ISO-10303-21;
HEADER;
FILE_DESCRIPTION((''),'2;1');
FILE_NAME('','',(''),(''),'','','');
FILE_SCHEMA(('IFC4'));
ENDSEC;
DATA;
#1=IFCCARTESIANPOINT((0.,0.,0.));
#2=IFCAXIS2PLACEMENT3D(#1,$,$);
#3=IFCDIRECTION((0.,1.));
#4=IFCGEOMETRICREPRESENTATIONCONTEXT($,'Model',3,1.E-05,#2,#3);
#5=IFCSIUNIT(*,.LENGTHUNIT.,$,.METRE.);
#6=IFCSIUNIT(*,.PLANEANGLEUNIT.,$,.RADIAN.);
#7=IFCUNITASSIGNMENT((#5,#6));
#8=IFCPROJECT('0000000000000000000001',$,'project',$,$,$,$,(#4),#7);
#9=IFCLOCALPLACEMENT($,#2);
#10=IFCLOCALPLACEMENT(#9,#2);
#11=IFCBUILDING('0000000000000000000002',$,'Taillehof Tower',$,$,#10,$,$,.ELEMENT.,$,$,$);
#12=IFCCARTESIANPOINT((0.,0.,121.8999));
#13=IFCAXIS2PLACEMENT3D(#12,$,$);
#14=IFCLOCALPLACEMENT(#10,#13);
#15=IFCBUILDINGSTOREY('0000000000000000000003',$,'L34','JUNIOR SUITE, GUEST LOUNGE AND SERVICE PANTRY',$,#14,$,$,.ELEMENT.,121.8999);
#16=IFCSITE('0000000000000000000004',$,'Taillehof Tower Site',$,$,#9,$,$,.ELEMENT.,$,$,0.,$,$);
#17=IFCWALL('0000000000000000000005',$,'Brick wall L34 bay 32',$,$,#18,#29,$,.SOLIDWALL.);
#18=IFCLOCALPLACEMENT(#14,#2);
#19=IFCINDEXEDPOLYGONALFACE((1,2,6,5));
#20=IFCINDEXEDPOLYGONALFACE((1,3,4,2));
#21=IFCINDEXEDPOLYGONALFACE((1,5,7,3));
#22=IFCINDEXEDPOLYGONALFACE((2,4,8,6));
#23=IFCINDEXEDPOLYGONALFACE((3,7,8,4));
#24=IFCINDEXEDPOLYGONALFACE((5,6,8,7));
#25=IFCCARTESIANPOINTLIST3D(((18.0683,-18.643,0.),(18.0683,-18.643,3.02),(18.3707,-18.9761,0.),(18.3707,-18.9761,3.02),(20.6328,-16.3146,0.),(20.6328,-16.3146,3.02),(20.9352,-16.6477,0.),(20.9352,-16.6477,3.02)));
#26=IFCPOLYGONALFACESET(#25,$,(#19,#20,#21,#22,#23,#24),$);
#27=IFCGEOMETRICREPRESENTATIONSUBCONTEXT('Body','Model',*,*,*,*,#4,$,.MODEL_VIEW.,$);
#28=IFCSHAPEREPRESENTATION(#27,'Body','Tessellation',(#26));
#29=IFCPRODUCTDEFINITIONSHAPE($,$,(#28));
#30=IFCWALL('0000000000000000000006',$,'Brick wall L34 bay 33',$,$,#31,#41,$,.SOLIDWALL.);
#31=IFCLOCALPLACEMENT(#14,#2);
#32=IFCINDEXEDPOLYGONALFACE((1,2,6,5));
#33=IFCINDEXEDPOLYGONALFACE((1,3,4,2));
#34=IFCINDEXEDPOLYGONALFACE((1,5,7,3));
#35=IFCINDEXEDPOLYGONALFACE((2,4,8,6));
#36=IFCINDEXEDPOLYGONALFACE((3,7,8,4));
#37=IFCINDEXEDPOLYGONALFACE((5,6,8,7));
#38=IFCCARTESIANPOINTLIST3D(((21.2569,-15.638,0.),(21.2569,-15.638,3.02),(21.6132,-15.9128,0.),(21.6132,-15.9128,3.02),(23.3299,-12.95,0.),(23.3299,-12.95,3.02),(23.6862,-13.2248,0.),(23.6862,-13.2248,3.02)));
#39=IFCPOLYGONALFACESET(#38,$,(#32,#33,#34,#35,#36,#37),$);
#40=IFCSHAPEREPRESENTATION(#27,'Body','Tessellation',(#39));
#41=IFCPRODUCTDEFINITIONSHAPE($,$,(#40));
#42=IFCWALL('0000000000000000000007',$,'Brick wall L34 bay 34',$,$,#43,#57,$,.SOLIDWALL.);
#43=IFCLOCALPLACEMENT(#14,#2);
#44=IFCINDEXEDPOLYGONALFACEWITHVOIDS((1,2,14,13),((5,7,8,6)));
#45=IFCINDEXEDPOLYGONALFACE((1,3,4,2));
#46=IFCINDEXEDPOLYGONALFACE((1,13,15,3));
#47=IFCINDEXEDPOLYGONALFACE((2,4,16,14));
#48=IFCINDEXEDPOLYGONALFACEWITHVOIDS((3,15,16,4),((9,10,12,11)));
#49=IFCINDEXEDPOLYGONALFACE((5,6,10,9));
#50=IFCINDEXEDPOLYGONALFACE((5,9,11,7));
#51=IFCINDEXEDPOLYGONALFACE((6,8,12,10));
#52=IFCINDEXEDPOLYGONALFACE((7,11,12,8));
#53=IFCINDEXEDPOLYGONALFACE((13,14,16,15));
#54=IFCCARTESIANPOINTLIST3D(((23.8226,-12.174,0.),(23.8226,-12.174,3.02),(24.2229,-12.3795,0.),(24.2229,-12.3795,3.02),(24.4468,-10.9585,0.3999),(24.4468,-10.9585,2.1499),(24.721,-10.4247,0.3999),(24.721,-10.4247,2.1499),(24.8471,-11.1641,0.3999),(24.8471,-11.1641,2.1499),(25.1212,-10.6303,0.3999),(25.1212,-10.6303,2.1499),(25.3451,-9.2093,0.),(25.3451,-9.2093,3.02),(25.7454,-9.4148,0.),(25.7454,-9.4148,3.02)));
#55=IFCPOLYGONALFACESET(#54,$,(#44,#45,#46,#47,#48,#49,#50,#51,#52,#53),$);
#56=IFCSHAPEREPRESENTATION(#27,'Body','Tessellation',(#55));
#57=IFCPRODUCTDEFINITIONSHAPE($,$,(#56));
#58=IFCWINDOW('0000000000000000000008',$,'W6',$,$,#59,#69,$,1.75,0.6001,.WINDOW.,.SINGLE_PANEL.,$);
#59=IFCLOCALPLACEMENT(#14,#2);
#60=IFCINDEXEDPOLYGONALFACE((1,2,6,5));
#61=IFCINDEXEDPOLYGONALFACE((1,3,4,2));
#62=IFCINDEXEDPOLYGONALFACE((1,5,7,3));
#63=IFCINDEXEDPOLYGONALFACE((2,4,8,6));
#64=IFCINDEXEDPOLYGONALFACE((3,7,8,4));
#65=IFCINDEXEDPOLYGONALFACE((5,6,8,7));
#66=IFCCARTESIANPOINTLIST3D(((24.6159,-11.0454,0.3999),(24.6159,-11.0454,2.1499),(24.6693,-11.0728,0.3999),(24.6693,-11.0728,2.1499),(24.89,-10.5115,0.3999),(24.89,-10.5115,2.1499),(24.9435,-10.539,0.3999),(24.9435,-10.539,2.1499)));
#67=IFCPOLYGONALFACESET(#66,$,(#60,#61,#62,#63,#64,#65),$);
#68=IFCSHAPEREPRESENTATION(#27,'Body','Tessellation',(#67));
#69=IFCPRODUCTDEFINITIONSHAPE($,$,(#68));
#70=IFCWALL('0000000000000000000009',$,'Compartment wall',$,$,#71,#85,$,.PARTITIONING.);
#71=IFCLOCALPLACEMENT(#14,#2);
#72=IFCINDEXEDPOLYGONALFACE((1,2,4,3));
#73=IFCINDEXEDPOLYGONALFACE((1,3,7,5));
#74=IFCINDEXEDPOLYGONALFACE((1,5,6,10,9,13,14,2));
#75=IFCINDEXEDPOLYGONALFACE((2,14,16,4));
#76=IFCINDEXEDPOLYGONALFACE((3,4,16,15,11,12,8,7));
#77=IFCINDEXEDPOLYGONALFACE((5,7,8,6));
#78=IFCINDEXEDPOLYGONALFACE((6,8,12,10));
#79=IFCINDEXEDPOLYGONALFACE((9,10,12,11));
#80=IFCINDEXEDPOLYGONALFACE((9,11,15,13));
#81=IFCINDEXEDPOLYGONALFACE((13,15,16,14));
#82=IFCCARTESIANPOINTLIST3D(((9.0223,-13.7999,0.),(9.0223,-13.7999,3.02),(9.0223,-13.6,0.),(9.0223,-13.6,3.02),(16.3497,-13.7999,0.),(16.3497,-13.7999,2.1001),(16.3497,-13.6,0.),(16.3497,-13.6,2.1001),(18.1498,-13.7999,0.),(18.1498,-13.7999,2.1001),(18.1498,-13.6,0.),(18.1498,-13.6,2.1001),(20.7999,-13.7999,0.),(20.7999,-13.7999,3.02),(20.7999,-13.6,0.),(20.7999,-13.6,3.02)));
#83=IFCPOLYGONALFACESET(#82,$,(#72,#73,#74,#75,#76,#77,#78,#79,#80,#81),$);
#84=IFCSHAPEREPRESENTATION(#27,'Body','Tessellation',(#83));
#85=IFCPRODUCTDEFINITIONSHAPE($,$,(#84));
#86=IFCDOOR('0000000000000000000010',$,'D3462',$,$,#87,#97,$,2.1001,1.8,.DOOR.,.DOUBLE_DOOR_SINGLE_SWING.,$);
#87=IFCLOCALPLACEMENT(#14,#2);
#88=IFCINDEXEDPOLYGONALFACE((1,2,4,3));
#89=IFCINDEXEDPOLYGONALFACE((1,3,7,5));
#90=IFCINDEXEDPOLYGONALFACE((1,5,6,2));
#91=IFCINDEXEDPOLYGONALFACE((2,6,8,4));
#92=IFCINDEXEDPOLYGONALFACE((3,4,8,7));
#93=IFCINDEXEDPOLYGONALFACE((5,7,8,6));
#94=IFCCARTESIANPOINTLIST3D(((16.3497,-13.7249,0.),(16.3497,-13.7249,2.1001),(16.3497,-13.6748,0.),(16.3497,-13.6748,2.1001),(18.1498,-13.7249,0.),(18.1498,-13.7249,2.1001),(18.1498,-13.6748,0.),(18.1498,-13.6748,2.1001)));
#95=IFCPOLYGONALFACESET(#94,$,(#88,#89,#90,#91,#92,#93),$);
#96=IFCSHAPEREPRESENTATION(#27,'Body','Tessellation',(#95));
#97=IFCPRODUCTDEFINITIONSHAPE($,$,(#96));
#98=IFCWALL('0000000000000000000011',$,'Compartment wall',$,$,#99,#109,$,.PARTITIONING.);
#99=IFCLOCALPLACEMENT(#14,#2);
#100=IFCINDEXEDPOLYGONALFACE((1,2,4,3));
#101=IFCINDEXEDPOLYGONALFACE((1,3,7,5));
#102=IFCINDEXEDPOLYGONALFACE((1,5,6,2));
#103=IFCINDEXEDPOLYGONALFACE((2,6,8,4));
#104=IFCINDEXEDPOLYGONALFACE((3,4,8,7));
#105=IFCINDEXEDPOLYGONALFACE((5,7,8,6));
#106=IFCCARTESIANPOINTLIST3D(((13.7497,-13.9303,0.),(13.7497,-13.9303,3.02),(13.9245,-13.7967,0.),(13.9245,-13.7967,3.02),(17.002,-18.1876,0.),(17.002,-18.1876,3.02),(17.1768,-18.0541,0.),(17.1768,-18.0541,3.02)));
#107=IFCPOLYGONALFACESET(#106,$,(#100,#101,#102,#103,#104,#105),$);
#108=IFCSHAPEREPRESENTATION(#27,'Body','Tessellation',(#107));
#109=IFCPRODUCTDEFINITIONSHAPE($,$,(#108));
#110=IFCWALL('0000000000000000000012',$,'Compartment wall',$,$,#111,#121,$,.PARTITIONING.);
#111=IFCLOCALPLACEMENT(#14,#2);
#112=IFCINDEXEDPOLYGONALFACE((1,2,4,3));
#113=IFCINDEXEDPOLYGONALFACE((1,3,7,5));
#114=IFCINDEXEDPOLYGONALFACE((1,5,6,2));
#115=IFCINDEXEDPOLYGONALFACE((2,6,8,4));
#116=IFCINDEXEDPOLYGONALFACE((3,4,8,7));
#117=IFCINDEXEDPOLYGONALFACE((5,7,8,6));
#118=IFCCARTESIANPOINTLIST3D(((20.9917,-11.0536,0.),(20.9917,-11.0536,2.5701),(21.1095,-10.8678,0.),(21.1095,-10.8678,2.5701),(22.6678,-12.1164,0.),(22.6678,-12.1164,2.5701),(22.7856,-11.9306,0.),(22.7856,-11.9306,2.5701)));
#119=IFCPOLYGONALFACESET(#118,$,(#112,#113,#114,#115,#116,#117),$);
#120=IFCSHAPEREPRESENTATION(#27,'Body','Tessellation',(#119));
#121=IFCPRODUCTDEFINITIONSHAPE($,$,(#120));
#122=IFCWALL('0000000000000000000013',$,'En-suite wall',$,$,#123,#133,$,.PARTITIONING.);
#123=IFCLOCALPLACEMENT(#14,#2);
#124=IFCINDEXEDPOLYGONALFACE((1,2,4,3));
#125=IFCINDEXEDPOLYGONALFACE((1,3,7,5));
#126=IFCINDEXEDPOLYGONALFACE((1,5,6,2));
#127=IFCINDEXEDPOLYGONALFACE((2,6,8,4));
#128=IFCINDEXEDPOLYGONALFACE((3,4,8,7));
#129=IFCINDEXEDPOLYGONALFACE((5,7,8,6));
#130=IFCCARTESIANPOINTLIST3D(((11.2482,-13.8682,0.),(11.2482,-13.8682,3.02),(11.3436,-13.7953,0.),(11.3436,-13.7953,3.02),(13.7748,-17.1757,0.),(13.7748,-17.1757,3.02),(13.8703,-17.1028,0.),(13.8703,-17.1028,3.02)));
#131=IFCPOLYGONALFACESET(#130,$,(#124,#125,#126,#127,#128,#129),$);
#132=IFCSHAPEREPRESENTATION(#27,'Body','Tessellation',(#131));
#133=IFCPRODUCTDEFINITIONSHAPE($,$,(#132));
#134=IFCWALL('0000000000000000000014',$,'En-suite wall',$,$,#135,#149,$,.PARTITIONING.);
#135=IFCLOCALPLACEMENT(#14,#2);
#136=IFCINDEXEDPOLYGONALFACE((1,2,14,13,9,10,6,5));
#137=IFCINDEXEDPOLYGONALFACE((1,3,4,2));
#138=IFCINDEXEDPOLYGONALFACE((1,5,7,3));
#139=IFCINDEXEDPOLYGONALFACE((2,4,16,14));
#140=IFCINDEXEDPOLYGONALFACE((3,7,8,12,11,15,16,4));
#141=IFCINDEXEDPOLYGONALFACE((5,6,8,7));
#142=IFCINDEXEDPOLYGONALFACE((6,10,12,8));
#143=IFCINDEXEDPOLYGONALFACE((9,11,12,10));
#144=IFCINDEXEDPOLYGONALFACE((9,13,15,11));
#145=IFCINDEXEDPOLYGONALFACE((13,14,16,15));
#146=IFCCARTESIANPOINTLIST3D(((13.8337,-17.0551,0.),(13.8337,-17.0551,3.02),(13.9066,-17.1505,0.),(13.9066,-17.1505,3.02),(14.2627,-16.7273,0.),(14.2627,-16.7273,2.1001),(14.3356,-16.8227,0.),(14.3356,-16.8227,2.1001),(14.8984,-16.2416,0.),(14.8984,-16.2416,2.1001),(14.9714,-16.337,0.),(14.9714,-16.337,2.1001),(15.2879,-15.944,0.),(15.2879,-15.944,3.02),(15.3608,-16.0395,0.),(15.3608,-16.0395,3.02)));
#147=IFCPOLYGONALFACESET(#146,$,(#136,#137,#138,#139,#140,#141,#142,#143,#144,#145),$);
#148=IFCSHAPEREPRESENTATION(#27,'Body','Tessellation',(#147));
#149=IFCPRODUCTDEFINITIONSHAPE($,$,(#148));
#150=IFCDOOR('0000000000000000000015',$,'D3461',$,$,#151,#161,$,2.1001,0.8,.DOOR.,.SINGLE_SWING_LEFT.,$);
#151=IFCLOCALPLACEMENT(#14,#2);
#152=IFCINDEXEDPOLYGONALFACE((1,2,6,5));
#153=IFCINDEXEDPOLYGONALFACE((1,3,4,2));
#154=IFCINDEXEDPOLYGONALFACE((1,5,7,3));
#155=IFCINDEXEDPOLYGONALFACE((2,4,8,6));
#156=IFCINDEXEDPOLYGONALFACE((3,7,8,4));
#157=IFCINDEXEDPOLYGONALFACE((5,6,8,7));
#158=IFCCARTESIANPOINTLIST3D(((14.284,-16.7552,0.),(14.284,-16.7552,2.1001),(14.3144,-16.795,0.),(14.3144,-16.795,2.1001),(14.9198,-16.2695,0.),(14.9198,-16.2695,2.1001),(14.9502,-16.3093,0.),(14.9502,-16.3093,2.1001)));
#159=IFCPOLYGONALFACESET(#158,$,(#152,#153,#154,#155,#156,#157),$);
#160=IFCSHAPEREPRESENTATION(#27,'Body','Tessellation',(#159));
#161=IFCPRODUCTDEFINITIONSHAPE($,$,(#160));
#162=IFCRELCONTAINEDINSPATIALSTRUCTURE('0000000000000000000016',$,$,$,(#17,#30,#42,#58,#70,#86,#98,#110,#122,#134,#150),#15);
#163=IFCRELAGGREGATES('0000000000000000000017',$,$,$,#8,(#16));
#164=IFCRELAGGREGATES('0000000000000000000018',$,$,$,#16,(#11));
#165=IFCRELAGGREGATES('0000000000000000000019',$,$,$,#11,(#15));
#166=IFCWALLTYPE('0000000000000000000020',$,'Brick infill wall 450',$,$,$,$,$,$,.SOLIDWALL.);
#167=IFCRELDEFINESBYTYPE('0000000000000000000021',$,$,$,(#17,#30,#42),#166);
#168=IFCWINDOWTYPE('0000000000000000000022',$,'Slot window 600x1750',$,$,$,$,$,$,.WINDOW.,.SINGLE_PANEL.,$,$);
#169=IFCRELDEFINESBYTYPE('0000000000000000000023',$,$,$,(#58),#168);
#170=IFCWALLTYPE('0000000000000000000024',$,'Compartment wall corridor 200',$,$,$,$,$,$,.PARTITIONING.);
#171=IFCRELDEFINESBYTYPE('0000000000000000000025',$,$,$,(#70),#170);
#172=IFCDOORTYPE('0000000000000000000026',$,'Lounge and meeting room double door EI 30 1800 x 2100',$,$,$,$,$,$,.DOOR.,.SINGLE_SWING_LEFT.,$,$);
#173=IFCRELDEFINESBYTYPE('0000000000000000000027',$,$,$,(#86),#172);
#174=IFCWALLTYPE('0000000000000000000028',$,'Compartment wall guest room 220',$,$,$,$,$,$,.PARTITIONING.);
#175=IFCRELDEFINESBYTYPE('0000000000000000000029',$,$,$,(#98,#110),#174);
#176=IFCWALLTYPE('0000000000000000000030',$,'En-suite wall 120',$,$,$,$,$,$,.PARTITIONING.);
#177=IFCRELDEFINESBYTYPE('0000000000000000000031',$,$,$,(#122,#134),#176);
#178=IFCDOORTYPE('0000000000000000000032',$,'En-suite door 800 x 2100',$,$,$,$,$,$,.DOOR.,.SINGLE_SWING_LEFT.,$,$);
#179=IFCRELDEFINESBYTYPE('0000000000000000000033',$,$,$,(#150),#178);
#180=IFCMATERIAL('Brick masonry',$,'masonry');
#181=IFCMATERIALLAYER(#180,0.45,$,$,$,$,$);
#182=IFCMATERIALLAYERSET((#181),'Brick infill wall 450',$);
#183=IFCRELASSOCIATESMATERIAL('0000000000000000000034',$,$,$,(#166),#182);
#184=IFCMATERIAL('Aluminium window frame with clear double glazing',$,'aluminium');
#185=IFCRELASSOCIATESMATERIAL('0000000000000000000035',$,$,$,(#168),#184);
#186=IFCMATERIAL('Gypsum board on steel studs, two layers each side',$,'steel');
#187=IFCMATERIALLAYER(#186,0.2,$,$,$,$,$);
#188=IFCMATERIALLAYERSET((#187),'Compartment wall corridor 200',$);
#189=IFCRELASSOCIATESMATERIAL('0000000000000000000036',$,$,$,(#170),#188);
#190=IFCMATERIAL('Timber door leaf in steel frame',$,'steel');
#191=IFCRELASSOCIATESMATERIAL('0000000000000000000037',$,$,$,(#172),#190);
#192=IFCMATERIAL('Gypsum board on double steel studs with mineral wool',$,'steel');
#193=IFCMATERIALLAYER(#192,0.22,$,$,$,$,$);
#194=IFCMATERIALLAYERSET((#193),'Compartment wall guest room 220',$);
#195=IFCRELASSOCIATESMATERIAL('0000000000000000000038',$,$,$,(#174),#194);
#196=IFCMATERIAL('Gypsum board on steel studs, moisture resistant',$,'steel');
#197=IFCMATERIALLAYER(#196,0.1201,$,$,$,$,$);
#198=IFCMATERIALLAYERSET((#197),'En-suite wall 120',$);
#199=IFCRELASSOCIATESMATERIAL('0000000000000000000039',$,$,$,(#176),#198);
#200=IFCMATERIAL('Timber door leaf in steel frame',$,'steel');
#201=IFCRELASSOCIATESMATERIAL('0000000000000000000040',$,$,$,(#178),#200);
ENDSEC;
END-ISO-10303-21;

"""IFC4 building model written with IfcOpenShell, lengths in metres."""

from ifc_helpers import new_model, si_unit, direction, frame, frame_2d, origin, place, context, subcontext, project, spatial, rectangle, extrude, material, layer, layer_set, type_object, element, fill, save


model = new_model("IFC4")

# Units and contexts
model_context = context("Model", 3, precision=1e-05, world=origin(), true_north=direction((0.0, 1.0)))
body_context = subcontext(model_context, "Body", "Model", "MODEL_VIEW")
ifc_project = project(units=[si_unit("LENGTHUNIT", "METRE"), si_unit("PLANEANGLEUNIT", "RADIAN")], contexts=[model_context])

# Site, building, storey
site_placement = place(None, origin())
site = spatial("IfcSite", under=ifc_project, at=site_placement, Name="Taillehof Tower Site", CompositionType="ELEMENT", RefElevation=0.0)
building_placement = place(site_placement, origin())
building = spatial("IfcBuilding", under=site, at=building_placement, Name="Taillehof Tower", CompositionType="ELEMENT")
storey_placement = place(building_placement, frame((0.0, 0.0, 121.8999)))
storey = spatial("IfcBuildingStorey", under=building, at=storey_placement, Name="L34", Description="JUNIOR SUITE, GUEST LOUNGE AND SERVICE PANTRY", CompositionType="ELEMENT", Elevation=121.8999)

# Shared definitions
ifc_material_1 = material(Name="Brick masonry", Category="masonry")
ifc_layer_1 = layer(ifc_material_1, 0.45)
ifc_layer_set_1 = layer_set([ifc_layer_1], Name="Brick infill wall 450")
wall_type_1 = type_object("IfcWallType", Name="Brick infill wall 450", PredefinedType="SOLIDWALL", material=ifc_layer_set_1)

# Walls
wall_1_placement = place(storey_placement, frame((18.2195, -18.8096, 0.0), z_axis=(0.0, 0.0, 1.0), x_axis=(0.740364, 0.672206, 0.0)))
element("IfcWall", 1, at=wall_1_placement, inside=storey, type_object=wall_type_1, Name="Brick wall L34 bay 32", PredefinedType="SOLIDWALL", context=body_context, shape_type="SweptSolid", body=[
    extrude(rectangle(XDim=3.4639, YDim=0.45, at=frame_2d((1.7319, 0.0))), origin(), (0.0, 0.0, 1.0), 3.02),
])
wall_2_placement = place(storey_placement, frame((21.4351, -15.7754, 0.0), z_axis=(0.0, 0.0, 1.0), x_axis=(0.610694, 0.791867, 0.0)))
element("IfcWall", 2, at=wall_2_placement, inside=storey, type_object=wall_type_1, Name="Brick wall L34 bay 33", PredefinedType="SOLIDWALL", context=body_context, shape_type="SweptSolid", body=[
    extrude(rectangle(XDim=3.3945, YDim=0.45, at=frame_2d((1.6973, 0.0))), origin(), (0.0, 0.0, 1.0), 3.02),
])

# Wall, opening, window
wall_3_placement = place(storey_placement, frame((24.0227, -12.2769, 0.0), z_axis=(0.0, 0.0, 1.0), x_axis=(0.456828, 0.889555, 0.0)))
wall_3 = element("IfcWall", 3, at=wall_3_placement, inside=storey, type_object=wall_type_1, Name="Brick wall L34 bay 34", PredefinedType="SOLIDWALL", context=body_context, shape_type="SweptSolid", body=[
    extrude(rectangle(XDim=3.3328, YDim=0.45, at=frame_2d((1.6665, 0.0))), origin(), (0.0, 0.0, 1.0), 3.02),
])
opening_1_placement = place(wall_3_placement, frame((1.3665, 0.0, 0.3999)))
opening_1 = element("IfcOpeningElement", 4, at=opening_1_placement, cuts=wall_3, PredefinedType="OPENING", context=body_context, shape_type="SweptSolid", body=[
    extrude(rectangle(XDim=0.6001, YDim=1.75, at=frame_2d((0.3, 0.875))), frame((0.0, 0.2349, 0.0), z_axis=(0.0, -1.0, 0.0), x_axis=(1.0, 0.0, 0.0)), (0.0, 0.0, 1.0), 0.47),
])
ifc_material_2 = material(Name="Aluminium window frame with clear double glazing", Category="aluminium")
window_type_1 = type_object("IfcWindowType", Name="Slot window 600x1750", PartitioningType="SINGLE_PANEL", PredefinedType="WINDOW", material=ifc_material_2)
window_1_placement = place(opening_1_placement, origin())
window_1 = element("IfcWindow", 5, at=window_1_placement, inside=storey, type_object=window_type_1, Name="W6", OverallHeight=1.75, OverallWidth=0.6001, PartitioningType="SINGLE_PANEL", PredefinedType="WINDOW", context=body_context, shape_type="SweptSolid", body=[
    extrude(rectangle(XDim=0.6001, YDim=1.75, at=frame_2d((0.3, 0.875))), frame((0.0, 0.0349, 0.0), z_axis=(0.0, -1.0, 0.0), x_axis=(1.0, 0.0, 0.0)), (0.0, 0.0, 1.0), 0.0601),
])
fill(opening_1, window_1)

# Wall, opening, door
ifc_material_3 = material(Name="Gypsum board on steel studs, two layers each side", Category="steel")
ifc_layer_2 = layer(ifc_material_3, 0.2)
ifc_layer_set_2 = layer_set([ifc_layer_2], Name="Compartment wall corridor 200")
wall_type_2 = type_object("IfcWallType", Name="Compartment wall corridor 200", PredefinedType="PARTITIONING", material=ifc_layer_set_2)
wall_4_placement = place(storey_placement, frame((20.7998, -13.7, 0.0), z_axis=(0.0, 0.0, 1.0), x_axis=(-1.0, 0.0, 0.0)))
wall_4 = element("IfcWall", 6, at=wall_4_placement, inside=storey, type_object=wall_type_2, Name="Compartment wall", PredefinedType="PARTITIONING", context=body_context, shape_type="SweptSolid", body=[
    extrude(rectangle(XDim=11.7776, YDim=0.2, at=frame_2d((5.8887, 0.0))), origin(), (0.0, 0.0, 1.0), 3.02),
])
opening_2_placement = place(wall_4_placement, frame((2.6501, 0.0, 0.0)))
opening_2 = element("IfcOpeningElement", 7, at=opening_2_placement, cuts=wall_4, PredefinedType="OPENING", context=body_context, shape_type="SweptSolid", body=[
    extrude(rectangle(XDim=1.8, YDim=2.1001, at=frame_2d((0.8999, 1.05))), frame((0.0, 0.1099, 0.0), z_axis=(0.0, -1.0, 0.0), x_axis=(1.0, 0.0, 0.0)), (0.0, 0.0, 1.0), 0.22),
])
ifc_material_4 = material(Name="Timber door leaf in steel frame", Category="steel")
door_type_1 = type_object("IfcDoorType", Name="Lounge and meeting room double door EI 30 1800 x 2100", OperationType="SINGLE_SWING_LEFT", PredefinedType="DOOR", material=ifc_material_4)
door_1_placement = place(opening_2_placement, origin())
door_1 = element("IfcDoor", 8, at=door_1_placement, inside=storey, type_object=door_type_1, Name="D3462", OperationType="DOUBLE_DOOR_SINGLE_SWING", OverallHeight=2.1001, OverallWidth=1.8, PredefinedType="DOOR", context=body_context, shape_type="SweptSolid", body=[
    extrude(rectangle(XDim=1.8, YDim=2.1001, at=frame_2d((0.8999, 1.05))), frame((0.0, 0.0249, 0.0), z_axis=(0.0, -1.0, 0.0), x_axis=(1.0, 0.0, 0.0)), (0.0, 0.0, 1.0), 0.05),
])
fill(opening_2, door_1)

# Walls
ifc_material_5 = material(Name="Gypsum board on double steel studs with mineral wool", Category="steel")
ifc_layer_3 = layer(ifc_material_5, 0.22)
ifc_layer_set_3 = layer_set([ifc_layer_3], Name="Compartment wall guest room 220")
wall_type_3 = type_object("IfcWallType", Name="Compartment wall guest room 220", PredefinedType="PARTITIONING", material=ifc_layer_set_3)
wall_5_placement = place(storey_placement, frame((17.0894, -18.1208, 0.0), z_axis=(0.0, 0.0, 1.0), x_axis=(-0.607049, 0.794664, 0.0)))
element("IfcWall", 9, at=wall_5_placement, inside=storey, type_object=wall_type_3, Name="Compartment wall", PredefinedType="PARTITIONING", context=body_context, shape_type="SweptSolid", body=[
    extrude(rectangle(XDim=5.3574, YDim=0.22, at=frame_2d((2.6787, 0.0))), origin(), (0.0, 0.0, 1.0), 3.02),
])
wall_6_placement = place(storey_placement, frame((22.7266, -12.0234, 0.0), z_axis=(0.0, 0.0, 1.0), x_axis=(-0.844532, 0.535506, 0.0)))
element("IfcWall", 10, at=wall_6_placement, inside=storey, type_object=wall_type_3, Name="Compartment wall", PredefinedType="PARTITIONING", context=body_context, shape_type="SweptSolid", body=[
    extrude(rectangle(XDim=1.9846, YDim=0.22, at=frame_2d((0.9922, 0.0))), origin(), (0.0, 0.0, 1.0), 2.5701),
])
ifc_material_6 = material(Name="Gypsum board on steel studs, moisture resistant", Category="steel")
ifc_layer_4 = layer(ifc_material_6, 0.1201)
ifc_layer_set_4 = layer_set([ifc_layer_4], Name="En-suite wall 120")
wall_type_4 = type_object("IfcWallType", Name="En-suite wall 120", PredefinedType="PARTITIONING", material=ifc_layer_set_4)
wall_7_placement = place(storey_placement, frame((11.2959, -13.8318, 0.0), z_axis=(0.0, 0.0, 1.0), x_axis=(0.607062, -0.794654, 0.0)))
element("IfcWall", 11, at=wall_7_placement, inside=storey, type_object=wall_type_4, Name="En-suite wall", PredefinedType="PARTITIONING", context=body_context, shape_type="SweptSolid", body=[
    extrude(rectangle(XDim=4.1621, YDim=0.1201, at=frame_2d((2.0811, 0.0))), origin(), (0.0, 0.0, 1.0), 3.02),
])

# Wall, opening, door
wall_8_placement = place(storey_placement, frame((13.8701, -17.1028, 0.0), z_axis=(0.0, 0.0, 1.0), x_axis=(0.794638, 0.607084, 0.0)))
wall_8 = element("IfcWall", 12, at=wall_8_placement, inside=storey, type_object=wall_type_4, Name="En-suite wall", PredefinedType="PARTITIONING", context=body_context, shape_type="SweptSolid", body=[
    extrude(rectangle(XDim=1.8301, YDim=0.1201, at=frame_2d((0.915, 0.0))), origin(), (0.0, 0.0, 1.0), 3.02),
])
opening_3_placement = place(wall_8_placement, frame((0.54, 0.0, 0.0)))
opening_3 = element("IfcOpeningElement", 13, at=opening_3_placement, cuts=wall_8, PredefinedType="OPENING", context=body_context, shape_type="SweptSolid", body=[
    extrude(rectangle(XDim=0.8, YDim=2.1001, at=frame_2d((0.3999, 1.05))), frame((0.0, 0.0701, 0.0), z_axis=(0.0, -1.0, 0.0), x_axis=(1.0, 0.0, 0.0)), (0.0, 0.0, 1.0), 0.1401),
])
ifc_material_7 = material(Name="Timber door leaf in steel frame", Category="steel")
door_type_2 = type_object("IfcDoorType", Name="En-suite door 800 x 2100", OperationType="SINGLE_SWING_LEFT", PredefinedType="DOOR", material=ifc_material_7)
door_2_placement = place(opening_3_placement, origin())
door_2 = element("IfcDoor", 14, at=door_2_placement, inside=storey, type_object=door_type_2, Name="D3461", OperationType="SINGLE_SWING_LEFT", OverallHeight=2.1001, OverallWidth=0.8, PredefinedType="DOOR", context=body_context, shape_type="SweptSolid", body=[
    extrude(rectangle(XDim=0.8, YDim=2.1001, at=frame_2d((0.3999, 1.05))), frame((0.0, 0.0249, 0.0), z_axis=(0.0, -1.0, 0.0), x_axis=(1.0, 0.0, 0.0)), (0.0, 0.0, 1.0), 0.05),
])
fill(opening_3, door_2)

save(model, "model.ifc")
